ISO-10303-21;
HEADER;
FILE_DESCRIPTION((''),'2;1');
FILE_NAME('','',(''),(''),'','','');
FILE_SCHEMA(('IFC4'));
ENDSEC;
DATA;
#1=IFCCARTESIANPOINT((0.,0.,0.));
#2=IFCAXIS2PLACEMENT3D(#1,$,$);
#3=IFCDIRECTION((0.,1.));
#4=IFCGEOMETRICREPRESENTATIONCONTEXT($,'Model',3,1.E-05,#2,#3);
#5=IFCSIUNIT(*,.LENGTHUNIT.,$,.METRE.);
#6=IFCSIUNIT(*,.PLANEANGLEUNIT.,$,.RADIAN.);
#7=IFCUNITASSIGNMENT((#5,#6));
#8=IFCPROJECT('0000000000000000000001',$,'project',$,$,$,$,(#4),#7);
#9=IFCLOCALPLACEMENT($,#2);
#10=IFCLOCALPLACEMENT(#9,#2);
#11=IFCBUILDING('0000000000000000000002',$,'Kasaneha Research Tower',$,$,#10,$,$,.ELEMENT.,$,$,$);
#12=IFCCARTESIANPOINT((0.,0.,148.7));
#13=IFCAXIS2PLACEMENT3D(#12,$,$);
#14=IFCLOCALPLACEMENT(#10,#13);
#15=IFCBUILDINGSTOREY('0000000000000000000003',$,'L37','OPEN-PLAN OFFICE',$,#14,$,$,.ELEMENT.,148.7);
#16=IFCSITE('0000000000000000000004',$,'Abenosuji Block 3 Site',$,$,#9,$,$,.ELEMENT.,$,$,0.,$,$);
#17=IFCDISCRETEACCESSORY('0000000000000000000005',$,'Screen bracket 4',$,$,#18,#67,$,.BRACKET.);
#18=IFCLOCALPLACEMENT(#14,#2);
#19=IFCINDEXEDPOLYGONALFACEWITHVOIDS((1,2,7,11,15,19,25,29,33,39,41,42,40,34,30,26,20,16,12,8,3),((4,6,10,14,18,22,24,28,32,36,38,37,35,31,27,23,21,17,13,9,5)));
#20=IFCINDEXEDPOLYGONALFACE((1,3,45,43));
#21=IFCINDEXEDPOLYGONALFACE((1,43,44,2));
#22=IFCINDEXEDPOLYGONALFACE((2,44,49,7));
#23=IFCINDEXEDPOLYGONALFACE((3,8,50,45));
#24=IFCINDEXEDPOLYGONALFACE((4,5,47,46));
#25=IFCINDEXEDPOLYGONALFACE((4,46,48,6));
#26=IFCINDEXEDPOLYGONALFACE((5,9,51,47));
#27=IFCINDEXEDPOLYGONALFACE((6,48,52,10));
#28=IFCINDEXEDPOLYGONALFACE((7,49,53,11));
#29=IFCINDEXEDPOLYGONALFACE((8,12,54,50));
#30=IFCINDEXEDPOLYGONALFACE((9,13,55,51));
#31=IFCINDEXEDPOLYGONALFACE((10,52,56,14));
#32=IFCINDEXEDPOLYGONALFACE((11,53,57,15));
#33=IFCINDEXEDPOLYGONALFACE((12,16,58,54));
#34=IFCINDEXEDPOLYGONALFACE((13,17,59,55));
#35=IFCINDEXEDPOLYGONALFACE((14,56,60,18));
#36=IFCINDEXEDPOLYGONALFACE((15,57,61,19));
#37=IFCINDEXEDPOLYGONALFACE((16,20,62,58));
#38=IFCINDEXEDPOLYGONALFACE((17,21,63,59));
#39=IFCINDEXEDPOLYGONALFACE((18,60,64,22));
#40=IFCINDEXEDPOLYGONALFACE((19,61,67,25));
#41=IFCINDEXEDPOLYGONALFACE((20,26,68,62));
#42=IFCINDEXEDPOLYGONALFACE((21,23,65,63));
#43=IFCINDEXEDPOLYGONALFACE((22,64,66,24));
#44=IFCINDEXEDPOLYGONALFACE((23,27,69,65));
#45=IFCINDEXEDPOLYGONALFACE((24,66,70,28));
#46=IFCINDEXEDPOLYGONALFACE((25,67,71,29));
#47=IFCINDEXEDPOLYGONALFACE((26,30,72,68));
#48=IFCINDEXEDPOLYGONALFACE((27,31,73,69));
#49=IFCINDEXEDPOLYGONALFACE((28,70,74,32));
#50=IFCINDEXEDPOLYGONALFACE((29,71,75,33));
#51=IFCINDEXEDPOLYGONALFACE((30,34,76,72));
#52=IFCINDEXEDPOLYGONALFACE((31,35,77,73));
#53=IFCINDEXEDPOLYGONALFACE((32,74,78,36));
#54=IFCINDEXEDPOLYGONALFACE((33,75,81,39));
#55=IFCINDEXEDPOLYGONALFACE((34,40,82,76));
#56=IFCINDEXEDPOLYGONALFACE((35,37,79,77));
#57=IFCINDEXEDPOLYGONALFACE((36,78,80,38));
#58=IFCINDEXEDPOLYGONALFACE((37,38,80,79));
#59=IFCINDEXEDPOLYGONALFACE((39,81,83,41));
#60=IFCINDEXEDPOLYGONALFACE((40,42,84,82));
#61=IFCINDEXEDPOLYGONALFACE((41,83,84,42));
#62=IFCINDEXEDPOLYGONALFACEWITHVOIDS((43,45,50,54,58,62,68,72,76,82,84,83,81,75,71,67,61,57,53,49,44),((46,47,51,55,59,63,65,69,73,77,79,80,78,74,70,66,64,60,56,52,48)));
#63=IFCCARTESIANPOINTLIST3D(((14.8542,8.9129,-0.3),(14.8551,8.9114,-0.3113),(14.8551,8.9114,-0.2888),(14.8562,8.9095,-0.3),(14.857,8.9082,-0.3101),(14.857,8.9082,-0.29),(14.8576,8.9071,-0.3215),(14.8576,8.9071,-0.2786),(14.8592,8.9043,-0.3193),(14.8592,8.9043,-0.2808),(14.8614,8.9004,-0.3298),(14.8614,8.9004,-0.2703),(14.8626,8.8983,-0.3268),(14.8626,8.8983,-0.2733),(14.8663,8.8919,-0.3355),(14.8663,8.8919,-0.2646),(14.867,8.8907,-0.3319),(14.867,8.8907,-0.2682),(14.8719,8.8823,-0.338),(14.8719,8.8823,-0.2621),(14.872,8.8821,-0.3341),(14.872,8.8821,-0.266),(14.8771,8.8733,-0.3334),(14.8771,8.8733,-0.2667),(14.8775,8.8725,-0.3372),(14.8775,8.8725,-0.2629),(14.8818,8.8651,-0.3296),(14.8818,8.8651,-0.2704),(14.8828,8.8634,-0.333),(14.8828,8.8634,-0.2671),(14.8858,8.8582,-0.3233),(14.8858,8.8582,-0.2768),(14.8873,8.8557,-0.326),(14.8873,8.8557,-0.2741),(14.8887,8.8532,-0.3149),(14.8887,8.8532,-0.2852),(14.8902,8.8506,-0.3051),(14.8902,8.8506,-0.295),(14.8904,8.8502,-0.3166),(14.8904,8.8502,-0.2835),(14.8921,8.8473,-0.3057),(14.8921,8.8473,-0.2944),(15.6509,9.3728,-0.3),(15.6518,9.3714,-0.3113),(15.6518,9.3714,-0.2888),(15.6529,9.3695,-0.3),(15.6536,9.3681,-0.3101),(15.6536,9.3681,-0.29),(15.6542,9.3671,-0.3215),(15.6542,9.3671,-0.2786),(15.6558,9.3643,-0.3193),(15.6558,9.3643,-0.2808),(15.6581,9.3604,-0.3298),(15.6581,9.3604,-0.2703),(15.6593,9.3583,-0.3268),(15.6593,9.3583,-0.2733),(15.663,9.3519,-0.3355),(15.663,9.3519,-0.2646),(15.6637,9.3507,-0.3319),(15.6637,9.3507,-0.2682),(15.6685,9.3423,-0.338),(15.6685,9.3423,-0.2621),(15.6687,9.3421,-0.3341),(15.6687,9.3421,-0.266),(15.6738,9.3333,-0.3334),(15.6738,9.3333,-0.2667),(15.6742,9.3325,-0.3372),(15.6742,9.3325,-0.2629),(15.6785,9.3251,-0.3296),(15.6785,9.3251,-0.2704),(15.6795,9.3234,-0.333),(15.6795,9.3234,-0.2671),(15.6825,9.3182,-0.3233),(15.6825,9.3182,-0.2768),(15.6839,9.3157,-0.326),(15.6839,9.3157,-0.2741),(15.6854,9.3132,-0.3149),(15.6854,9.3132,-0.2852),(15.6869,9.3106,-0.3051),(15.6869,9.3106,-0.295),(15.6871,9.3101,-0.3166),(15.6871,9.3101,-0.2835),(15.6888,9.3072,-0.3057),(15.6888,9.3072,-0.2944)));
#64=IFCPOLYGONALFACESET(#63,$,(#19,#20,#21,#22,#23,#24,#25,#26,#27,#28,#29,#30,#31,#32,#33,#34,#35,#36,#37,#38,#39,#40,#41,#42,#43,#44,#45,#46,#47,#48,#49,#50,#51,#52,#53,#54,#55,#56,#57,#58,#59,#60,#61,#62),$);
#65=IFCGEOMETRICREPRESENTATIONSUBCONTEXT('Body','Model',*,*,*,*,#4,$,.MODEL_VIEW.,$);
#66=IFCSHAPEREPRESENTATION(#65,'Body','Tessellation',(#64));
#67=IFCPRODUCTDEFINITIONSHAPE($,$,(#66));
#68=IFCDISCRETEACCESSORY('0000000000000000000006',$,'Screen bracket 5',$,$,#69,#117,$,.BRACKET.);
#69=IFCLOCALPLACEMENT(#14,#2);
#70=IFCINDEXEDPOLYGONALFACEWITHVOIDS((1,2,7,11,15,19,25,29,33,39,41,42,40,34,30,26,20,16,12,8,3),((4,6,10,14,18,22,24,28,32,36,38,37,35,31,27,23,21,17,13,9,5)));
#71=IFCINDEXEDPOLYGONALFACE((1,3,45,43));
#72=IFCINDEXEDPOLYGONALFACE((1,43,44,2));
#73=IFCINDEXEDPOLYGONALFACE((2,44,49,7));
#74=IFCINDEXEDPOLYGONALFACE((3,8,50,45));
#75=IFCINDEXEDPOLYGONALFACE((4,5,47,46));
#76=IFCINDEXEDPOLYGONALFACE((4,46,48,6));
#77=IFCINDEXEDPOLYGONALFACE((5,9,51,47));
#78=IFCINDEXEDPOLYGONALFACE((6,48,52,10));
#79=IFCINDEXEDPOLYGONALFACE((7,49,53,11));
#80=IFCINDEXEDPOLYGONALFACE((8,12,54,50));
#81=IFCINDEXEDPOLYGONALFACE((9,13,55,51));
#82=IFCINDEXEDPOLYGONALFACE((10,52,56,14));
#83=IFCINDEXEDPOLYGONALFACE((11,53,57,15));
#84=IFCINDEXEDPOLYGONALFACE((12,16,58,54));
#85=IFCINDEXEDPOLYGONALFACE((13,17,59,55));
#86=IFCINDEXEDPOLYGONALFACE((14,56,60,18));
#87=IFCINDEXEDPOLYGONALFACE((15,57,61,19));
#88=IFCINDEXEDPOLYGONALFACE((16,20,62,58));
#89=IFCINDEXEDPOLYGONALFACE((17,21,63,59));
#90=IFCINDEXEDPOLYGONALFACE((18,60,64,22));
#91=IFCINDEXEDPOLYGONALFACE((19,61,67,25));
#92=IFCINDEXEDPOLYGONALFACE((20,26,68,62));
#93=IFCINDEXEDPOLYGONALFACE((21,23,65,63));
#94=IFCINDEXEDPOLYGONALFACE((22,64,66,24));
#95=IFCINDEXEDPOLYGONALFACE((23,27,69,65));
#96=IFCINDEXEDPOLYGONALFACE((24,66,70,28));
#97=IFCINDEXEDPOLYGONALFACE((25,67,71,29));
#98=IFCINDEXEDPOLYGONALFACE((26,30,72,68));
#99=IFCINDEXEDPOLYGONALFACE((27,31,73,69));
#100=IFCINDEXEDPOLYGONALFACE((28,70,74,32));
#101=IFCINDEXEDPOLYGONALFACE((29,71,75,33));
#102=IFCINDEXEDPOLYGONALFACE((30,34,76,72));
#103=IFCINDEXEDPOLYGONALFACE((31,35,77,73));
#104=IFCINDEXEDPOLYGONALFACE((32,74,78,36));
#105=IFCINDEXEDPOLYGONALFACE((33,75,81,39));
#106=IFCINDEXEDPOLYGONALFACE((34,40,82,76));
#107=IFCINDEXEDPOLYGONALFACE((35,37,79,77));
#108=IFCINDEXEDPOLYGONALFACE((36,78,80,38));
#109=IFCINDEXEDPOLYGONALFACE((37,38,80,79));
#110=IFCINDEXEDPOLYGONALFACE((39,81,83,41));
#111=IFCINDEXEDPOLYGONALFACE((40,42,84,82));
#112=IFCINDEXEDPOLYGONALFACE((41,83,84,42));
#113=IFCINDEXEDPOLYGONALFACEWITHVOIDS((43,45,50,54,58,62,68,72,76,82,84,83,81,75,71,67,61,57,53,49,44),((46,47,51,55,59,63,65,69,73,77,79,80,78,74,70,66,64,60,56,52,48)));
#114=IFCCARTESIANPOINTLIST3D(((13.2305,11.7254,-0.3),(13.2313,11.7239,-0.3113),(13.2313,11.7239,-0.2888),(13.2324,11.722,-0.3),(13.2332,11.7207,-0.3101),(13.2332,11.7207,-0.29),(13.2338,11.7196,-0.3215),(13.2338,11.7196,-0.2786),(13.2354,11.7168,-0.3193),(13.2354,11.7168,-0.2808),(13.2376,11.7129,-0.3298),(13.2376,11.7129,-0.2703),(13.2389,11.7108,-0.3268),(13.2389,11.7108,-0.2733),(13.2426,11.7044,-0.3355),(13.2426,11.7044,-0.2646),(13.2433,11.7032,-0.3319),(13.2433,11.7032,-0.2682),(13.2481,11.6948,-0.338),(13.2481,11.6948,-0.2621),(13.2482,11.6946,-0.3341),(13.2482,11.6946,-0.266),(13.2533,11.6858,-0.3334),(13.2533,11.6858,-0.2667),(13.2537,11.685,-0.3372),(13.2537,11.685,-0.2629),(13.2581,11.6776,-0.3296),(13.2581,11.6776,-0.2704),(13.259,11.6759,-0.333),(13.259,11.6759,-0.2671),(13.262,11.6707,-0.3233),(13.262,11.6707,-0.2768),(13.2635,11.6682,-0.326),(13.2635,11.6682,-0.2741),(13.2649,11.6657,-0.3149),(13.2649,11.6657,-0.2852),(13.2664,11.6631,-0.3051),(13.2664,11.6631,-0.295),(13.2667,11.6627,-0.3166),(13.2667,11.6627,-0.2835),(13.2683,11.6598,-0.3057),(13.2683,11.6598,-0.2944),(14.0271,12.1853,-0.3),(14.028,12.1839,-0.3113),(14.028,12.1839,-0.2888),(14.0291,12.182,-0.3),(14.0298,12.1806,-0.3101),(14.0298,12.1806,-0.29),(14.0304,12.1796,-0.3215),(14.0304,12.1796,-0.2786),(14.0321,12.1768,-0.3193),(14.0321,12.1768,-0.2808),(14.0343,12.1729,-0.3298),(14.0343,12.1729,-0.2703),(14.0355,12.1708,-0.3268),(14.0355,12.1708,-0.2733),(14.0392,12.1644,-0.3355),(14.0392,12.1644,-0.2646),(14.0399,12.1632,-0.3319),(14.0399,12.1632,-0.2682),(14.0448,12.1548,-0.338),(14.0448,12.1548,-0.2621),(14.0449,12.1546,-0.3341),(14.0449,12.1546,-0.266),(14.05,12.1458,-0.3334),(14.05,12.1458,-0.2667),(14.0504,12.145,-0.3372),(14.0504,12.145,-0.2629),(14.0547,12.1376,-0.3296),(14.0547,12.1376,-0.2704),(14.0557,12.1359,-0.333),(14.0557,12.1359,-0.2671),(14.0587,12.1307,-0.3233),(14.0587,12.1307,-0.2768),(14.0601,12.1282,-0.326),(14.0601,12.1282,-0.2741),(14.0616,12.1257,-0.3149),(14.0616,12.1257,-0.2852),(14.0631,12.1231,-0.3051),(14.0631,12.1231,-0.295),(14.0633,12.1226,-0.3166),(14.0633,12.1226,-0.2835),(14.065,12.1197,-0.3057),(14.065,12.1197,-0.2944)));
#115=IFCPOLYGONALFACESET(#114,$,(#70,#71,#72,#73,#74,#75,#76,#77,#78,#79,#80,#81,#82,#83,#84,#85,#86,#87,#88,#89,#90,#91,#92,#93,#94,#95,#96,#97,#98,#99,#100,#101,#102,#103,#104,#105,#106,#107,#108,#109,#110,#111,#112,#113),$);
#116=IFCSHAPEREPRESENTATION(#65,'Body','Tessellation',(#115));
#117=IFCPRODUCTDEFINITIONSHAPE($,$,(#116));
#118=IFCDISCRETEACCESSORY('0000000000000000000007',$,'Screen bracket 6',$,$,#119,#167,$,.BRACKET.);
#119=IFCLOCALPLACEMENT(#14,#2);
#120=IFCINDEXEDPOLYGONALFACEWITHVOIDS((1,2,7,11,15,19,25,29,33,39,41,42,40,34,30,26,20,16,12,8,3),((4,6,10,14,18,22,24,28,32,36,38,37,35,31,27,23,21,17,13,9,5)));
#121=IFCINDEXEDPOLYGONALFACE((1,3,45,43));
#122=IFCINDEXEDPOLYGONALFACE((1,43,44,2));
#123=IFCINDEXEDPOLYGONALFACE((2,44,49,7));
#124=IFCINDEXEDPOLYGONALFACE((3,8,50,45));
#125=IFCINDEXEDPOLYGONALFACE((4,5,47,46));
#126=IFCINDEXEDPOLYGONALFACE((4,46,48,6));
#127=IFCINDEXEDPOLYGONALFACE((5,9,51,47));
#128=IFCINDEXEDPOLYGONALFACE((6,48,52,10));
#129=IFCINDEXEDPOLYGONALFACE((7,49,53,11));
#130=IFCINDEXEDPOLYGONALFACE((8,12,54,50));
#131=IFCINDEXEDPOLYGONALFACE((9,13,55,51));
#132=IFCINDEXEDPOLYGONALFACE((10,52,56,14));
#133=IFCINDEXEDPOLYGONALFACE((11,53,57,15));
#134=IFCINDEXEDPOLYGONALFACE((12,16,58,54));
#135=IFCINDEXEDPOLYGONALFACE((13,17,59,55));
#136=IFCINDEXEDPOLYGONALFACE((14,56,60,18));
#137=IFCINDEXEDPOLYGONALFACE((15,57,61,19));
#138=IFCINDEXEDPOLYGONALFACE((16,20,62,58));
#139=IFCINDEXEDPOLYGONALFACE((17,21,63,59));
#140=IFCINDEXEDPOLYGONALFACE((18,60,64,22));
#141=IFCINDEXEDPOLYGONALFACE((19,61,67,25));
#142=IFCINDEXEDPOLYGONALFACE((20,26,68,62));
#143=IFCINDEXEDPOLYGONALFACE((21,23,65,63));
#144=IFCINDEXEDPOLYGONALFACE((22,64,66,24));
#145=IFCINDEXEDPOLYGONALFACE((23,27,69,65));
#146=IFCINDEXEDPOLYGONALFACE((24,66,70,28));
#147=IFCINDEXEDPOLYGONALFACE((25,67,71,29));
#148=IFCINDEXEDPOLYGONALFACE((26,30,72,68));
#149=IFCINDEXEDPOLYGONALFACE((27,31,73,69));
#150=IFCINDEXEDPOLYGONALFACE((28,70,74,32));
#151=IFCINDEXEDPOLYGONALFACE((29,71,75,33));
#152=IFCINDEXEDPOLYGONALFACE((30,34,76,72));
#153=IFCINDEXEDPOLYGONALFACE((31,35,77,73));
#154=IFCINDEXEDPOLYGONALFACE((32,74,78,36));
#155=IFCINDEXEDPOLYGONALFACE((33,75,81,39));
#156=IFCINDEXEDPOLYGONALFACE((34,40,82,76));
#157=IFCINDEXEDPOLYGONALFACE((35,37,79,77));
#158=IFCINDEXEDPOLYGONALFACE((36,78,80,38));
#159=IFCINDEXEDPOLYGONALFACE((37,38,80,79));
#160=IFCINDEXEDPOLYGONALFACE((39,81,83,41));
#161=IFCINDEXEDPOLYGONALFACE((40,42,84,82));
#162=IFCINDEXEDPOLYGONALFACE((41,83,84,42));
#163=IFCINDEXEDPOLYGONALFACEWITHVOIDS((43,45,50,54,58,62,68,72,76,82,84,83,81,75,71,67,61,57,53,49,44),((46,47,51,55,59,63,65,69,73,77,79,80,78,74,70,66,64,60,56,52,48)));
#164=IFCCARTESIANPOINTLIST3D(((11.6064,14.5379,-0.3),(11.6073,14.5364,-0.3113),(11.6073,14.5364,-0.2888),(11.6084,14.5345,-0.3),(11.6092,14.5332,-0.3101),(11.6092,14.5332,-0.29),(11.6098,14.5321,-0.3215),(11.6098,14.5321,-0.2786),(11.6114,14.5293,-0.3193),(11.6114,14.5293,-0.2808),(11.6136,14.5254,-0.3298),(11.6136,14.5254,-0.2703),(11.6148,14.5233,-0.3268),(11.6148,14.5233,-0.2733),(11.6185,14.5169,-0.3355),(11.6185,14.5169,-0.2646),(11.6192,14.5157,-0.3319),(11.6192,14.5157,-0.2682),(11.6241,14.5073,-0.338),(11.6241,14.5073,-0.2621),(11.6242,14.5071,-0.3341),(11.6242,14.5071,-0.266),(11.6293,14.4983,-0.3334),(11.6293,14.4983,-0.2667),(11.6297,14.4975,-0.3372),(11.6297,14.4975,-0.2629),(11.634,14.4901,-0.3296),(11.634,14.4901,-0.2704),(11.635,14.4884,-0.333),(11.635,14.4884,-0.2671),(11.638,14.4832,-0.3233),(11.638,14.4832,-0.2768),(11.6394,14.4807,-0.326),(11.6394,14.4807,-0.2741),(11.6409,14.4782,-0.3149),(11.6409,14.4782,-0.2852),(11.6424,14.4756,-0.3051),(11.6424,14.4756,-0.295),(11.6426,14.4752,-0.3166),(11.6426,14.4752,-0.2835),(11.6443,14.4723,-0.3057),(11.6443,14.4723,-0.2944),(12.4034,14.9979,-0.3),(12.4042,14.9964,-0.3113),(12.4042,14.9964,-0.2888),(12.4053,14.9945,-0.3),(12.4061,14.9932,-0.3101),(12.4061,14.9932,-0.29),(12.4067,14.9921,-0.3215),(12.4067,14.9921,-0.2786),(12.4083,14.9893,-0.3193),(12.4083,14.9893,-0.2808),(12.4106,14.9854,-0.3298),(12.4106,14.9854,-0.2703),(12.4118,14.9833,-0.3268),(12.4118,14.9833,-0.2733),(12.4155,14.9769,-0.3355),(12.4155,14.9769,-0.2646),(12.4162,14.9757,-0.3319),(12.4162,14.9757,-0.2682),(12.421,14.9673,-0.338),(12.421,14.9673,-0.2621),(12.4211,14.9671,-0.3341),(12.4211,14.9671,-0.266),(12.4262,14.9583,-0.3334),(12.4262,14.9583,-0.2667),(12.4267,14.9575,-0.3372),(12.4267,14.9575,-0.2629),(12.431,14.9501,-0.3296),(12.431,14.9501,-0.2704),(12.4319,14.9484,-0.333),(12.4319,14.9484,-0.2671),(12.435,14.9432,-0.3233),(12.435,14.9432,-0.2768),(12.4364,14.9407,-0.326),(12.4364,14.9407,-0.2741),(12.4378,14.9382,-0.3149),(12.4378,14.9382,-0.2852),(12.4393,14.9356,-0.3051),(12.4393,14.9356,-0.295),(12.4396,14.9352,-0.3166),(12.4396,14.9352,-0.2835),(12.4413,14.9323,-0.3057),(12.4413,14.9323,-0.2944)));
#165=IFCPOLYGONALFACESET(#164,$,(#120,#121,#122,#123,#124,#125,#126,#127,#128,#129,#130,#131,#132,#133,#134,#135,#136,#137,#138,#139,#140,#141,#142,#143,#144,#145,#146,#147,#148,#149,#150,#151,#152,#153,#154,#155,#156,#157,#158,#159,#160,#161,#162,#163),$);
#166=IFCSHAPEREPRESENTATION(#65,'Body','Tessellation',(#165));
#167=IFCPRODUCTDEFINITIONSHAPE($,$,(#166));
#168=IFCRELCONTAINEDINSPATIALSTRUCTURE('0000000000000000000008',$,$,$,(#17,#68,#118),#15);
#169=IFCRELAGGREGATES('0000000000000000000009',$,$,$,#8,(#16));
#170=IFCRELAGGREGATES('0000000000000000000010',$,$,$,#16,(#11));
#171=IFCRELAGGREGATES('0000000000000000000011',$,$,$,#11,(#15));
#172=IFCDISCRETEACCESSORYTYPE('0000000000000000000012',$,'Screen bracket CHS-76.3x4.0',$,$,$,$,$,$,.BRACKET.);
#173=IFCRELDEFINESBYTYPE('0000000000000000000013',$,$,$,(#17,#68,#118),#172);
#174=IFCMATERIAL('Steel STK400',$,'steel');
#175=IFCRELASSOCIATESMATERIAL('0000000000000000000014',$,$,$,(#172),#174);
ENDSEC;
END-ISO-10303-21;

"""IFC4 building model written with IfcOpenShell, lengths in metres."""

from ifc_helpers import new_model, si_unit, direction, frame, origin, origin_2d, place, context, subcontext, project, spatial, hollow_circle, extrude, material, material_profile, profile_set, type_object, element, save


model = new_model("IFC4")

# Units and contexts
model_context = context("Model", 3, precision=1e-05, world=origin(), true_north=direction((0.0, 1.0)))
body_context = subcontext(model_context, "Body", "Model", "MODEL_VIEW")
ifc_project = project(units=[si_unit("LENGTHUNIT", "METRE"), si_unit("PLANEANGLEUNIT", "RADIAN")], contexts=[model_context])

# Site, building, storey
site_placement = place(None, origin())
site = spatial("IfcSite", under=ifc_project, at=site_placement, Name="Abenosuji Block 3 Site", CompositionType="ELEMENT", RefElevation=0.0)
building_placement = place(site_placement, origin())
building = spatial("IfcBuilding", under=site, at=building_placement, Name="Kasaneha Research Tower", CompositionType="ELEMENT")
storey_placement = place(building_placement, frame((0.0, 0.0, 148.7)))
storey = spatial("IfcBuildingStorey", under=building, at=storey_placement, Name="L37", Description="OPEN-PLAN OFFICE", CompositionType="ELEMENT", Elevation=148.7)

# Discrete accessories
ifc_material_1 = material(Name="Steel STK400", Category="steel")
ifc_material_profile_1 = material_profile(ifc_material_1, hollow_circle(Radius=0.0381, WallThickness=0.0039, at=origin_2d()), Name="CHS-76.3x4.0")
ifc_profile_set_1 = profile_set([ifc_material_profile_1], Name="Steel STK400")
discrete_accessory_type = type_object("IfcDiscreteAccessoryType", Name="Screen bracket CHS-76.3x4.0", PredefinedType="BRACKET", material=ifc_profile_set_1)
for number, where, z_axis, x_axis, name in (
    (1, (14.8733, 8.8799, -0.3), (0.866013, 0.500021, 0.0), (-0.500021, 0.866013, 0.0), "Screen bracket 4"),
    (2, (13.2495, 11.6924, -0.3), (0.866013, 0.500021, 0.0), (-0.500021, 0.866013, 0.0), "Screen bracket 5"),
):
    element("IfcDiscreteAccessory", number, at=place(storey_placement, frame(where, z_axis=z_axis, x_axis=x_axis)), inside=storey, type_object=discrete_accessory_type, Name=name, PredefinedType="BRACKET", context=body_context, shape_type="SweptSolid", body=[
        extrude(hollow_circle(Radius=0.0381, WallThickness=0.0039, at=origin_2d()), origin(), (0.0, 0.0, 1.0), 0.9199),
    ])
for number, where, z_axis, x_axis, name in (
    (3, (11.6255, 14.5049, -0.3), (0.86608, 0.499906, 0.0), (-0.499906, 0.86608, 0.0), "Screen bracket 6"),
):
    element("IfcDiscreteAccessory", number, at=place(storey_placement, frame(where, z_axis=z_axis, x_axis=x_axis)), inside=storey, type_object=discrete_accessory_type, Name=name, PredefinedType="BRACKET", context=body_context, shape_type="SweptSolid", body=[
        extrude(hollow_circle(Radius=0.0381, WallThickness=0.0039, at=origin_2d()), origin(), (0.0, 0.0, 1.0), 0.9202),
    ])

save(model, "model.ifc")
